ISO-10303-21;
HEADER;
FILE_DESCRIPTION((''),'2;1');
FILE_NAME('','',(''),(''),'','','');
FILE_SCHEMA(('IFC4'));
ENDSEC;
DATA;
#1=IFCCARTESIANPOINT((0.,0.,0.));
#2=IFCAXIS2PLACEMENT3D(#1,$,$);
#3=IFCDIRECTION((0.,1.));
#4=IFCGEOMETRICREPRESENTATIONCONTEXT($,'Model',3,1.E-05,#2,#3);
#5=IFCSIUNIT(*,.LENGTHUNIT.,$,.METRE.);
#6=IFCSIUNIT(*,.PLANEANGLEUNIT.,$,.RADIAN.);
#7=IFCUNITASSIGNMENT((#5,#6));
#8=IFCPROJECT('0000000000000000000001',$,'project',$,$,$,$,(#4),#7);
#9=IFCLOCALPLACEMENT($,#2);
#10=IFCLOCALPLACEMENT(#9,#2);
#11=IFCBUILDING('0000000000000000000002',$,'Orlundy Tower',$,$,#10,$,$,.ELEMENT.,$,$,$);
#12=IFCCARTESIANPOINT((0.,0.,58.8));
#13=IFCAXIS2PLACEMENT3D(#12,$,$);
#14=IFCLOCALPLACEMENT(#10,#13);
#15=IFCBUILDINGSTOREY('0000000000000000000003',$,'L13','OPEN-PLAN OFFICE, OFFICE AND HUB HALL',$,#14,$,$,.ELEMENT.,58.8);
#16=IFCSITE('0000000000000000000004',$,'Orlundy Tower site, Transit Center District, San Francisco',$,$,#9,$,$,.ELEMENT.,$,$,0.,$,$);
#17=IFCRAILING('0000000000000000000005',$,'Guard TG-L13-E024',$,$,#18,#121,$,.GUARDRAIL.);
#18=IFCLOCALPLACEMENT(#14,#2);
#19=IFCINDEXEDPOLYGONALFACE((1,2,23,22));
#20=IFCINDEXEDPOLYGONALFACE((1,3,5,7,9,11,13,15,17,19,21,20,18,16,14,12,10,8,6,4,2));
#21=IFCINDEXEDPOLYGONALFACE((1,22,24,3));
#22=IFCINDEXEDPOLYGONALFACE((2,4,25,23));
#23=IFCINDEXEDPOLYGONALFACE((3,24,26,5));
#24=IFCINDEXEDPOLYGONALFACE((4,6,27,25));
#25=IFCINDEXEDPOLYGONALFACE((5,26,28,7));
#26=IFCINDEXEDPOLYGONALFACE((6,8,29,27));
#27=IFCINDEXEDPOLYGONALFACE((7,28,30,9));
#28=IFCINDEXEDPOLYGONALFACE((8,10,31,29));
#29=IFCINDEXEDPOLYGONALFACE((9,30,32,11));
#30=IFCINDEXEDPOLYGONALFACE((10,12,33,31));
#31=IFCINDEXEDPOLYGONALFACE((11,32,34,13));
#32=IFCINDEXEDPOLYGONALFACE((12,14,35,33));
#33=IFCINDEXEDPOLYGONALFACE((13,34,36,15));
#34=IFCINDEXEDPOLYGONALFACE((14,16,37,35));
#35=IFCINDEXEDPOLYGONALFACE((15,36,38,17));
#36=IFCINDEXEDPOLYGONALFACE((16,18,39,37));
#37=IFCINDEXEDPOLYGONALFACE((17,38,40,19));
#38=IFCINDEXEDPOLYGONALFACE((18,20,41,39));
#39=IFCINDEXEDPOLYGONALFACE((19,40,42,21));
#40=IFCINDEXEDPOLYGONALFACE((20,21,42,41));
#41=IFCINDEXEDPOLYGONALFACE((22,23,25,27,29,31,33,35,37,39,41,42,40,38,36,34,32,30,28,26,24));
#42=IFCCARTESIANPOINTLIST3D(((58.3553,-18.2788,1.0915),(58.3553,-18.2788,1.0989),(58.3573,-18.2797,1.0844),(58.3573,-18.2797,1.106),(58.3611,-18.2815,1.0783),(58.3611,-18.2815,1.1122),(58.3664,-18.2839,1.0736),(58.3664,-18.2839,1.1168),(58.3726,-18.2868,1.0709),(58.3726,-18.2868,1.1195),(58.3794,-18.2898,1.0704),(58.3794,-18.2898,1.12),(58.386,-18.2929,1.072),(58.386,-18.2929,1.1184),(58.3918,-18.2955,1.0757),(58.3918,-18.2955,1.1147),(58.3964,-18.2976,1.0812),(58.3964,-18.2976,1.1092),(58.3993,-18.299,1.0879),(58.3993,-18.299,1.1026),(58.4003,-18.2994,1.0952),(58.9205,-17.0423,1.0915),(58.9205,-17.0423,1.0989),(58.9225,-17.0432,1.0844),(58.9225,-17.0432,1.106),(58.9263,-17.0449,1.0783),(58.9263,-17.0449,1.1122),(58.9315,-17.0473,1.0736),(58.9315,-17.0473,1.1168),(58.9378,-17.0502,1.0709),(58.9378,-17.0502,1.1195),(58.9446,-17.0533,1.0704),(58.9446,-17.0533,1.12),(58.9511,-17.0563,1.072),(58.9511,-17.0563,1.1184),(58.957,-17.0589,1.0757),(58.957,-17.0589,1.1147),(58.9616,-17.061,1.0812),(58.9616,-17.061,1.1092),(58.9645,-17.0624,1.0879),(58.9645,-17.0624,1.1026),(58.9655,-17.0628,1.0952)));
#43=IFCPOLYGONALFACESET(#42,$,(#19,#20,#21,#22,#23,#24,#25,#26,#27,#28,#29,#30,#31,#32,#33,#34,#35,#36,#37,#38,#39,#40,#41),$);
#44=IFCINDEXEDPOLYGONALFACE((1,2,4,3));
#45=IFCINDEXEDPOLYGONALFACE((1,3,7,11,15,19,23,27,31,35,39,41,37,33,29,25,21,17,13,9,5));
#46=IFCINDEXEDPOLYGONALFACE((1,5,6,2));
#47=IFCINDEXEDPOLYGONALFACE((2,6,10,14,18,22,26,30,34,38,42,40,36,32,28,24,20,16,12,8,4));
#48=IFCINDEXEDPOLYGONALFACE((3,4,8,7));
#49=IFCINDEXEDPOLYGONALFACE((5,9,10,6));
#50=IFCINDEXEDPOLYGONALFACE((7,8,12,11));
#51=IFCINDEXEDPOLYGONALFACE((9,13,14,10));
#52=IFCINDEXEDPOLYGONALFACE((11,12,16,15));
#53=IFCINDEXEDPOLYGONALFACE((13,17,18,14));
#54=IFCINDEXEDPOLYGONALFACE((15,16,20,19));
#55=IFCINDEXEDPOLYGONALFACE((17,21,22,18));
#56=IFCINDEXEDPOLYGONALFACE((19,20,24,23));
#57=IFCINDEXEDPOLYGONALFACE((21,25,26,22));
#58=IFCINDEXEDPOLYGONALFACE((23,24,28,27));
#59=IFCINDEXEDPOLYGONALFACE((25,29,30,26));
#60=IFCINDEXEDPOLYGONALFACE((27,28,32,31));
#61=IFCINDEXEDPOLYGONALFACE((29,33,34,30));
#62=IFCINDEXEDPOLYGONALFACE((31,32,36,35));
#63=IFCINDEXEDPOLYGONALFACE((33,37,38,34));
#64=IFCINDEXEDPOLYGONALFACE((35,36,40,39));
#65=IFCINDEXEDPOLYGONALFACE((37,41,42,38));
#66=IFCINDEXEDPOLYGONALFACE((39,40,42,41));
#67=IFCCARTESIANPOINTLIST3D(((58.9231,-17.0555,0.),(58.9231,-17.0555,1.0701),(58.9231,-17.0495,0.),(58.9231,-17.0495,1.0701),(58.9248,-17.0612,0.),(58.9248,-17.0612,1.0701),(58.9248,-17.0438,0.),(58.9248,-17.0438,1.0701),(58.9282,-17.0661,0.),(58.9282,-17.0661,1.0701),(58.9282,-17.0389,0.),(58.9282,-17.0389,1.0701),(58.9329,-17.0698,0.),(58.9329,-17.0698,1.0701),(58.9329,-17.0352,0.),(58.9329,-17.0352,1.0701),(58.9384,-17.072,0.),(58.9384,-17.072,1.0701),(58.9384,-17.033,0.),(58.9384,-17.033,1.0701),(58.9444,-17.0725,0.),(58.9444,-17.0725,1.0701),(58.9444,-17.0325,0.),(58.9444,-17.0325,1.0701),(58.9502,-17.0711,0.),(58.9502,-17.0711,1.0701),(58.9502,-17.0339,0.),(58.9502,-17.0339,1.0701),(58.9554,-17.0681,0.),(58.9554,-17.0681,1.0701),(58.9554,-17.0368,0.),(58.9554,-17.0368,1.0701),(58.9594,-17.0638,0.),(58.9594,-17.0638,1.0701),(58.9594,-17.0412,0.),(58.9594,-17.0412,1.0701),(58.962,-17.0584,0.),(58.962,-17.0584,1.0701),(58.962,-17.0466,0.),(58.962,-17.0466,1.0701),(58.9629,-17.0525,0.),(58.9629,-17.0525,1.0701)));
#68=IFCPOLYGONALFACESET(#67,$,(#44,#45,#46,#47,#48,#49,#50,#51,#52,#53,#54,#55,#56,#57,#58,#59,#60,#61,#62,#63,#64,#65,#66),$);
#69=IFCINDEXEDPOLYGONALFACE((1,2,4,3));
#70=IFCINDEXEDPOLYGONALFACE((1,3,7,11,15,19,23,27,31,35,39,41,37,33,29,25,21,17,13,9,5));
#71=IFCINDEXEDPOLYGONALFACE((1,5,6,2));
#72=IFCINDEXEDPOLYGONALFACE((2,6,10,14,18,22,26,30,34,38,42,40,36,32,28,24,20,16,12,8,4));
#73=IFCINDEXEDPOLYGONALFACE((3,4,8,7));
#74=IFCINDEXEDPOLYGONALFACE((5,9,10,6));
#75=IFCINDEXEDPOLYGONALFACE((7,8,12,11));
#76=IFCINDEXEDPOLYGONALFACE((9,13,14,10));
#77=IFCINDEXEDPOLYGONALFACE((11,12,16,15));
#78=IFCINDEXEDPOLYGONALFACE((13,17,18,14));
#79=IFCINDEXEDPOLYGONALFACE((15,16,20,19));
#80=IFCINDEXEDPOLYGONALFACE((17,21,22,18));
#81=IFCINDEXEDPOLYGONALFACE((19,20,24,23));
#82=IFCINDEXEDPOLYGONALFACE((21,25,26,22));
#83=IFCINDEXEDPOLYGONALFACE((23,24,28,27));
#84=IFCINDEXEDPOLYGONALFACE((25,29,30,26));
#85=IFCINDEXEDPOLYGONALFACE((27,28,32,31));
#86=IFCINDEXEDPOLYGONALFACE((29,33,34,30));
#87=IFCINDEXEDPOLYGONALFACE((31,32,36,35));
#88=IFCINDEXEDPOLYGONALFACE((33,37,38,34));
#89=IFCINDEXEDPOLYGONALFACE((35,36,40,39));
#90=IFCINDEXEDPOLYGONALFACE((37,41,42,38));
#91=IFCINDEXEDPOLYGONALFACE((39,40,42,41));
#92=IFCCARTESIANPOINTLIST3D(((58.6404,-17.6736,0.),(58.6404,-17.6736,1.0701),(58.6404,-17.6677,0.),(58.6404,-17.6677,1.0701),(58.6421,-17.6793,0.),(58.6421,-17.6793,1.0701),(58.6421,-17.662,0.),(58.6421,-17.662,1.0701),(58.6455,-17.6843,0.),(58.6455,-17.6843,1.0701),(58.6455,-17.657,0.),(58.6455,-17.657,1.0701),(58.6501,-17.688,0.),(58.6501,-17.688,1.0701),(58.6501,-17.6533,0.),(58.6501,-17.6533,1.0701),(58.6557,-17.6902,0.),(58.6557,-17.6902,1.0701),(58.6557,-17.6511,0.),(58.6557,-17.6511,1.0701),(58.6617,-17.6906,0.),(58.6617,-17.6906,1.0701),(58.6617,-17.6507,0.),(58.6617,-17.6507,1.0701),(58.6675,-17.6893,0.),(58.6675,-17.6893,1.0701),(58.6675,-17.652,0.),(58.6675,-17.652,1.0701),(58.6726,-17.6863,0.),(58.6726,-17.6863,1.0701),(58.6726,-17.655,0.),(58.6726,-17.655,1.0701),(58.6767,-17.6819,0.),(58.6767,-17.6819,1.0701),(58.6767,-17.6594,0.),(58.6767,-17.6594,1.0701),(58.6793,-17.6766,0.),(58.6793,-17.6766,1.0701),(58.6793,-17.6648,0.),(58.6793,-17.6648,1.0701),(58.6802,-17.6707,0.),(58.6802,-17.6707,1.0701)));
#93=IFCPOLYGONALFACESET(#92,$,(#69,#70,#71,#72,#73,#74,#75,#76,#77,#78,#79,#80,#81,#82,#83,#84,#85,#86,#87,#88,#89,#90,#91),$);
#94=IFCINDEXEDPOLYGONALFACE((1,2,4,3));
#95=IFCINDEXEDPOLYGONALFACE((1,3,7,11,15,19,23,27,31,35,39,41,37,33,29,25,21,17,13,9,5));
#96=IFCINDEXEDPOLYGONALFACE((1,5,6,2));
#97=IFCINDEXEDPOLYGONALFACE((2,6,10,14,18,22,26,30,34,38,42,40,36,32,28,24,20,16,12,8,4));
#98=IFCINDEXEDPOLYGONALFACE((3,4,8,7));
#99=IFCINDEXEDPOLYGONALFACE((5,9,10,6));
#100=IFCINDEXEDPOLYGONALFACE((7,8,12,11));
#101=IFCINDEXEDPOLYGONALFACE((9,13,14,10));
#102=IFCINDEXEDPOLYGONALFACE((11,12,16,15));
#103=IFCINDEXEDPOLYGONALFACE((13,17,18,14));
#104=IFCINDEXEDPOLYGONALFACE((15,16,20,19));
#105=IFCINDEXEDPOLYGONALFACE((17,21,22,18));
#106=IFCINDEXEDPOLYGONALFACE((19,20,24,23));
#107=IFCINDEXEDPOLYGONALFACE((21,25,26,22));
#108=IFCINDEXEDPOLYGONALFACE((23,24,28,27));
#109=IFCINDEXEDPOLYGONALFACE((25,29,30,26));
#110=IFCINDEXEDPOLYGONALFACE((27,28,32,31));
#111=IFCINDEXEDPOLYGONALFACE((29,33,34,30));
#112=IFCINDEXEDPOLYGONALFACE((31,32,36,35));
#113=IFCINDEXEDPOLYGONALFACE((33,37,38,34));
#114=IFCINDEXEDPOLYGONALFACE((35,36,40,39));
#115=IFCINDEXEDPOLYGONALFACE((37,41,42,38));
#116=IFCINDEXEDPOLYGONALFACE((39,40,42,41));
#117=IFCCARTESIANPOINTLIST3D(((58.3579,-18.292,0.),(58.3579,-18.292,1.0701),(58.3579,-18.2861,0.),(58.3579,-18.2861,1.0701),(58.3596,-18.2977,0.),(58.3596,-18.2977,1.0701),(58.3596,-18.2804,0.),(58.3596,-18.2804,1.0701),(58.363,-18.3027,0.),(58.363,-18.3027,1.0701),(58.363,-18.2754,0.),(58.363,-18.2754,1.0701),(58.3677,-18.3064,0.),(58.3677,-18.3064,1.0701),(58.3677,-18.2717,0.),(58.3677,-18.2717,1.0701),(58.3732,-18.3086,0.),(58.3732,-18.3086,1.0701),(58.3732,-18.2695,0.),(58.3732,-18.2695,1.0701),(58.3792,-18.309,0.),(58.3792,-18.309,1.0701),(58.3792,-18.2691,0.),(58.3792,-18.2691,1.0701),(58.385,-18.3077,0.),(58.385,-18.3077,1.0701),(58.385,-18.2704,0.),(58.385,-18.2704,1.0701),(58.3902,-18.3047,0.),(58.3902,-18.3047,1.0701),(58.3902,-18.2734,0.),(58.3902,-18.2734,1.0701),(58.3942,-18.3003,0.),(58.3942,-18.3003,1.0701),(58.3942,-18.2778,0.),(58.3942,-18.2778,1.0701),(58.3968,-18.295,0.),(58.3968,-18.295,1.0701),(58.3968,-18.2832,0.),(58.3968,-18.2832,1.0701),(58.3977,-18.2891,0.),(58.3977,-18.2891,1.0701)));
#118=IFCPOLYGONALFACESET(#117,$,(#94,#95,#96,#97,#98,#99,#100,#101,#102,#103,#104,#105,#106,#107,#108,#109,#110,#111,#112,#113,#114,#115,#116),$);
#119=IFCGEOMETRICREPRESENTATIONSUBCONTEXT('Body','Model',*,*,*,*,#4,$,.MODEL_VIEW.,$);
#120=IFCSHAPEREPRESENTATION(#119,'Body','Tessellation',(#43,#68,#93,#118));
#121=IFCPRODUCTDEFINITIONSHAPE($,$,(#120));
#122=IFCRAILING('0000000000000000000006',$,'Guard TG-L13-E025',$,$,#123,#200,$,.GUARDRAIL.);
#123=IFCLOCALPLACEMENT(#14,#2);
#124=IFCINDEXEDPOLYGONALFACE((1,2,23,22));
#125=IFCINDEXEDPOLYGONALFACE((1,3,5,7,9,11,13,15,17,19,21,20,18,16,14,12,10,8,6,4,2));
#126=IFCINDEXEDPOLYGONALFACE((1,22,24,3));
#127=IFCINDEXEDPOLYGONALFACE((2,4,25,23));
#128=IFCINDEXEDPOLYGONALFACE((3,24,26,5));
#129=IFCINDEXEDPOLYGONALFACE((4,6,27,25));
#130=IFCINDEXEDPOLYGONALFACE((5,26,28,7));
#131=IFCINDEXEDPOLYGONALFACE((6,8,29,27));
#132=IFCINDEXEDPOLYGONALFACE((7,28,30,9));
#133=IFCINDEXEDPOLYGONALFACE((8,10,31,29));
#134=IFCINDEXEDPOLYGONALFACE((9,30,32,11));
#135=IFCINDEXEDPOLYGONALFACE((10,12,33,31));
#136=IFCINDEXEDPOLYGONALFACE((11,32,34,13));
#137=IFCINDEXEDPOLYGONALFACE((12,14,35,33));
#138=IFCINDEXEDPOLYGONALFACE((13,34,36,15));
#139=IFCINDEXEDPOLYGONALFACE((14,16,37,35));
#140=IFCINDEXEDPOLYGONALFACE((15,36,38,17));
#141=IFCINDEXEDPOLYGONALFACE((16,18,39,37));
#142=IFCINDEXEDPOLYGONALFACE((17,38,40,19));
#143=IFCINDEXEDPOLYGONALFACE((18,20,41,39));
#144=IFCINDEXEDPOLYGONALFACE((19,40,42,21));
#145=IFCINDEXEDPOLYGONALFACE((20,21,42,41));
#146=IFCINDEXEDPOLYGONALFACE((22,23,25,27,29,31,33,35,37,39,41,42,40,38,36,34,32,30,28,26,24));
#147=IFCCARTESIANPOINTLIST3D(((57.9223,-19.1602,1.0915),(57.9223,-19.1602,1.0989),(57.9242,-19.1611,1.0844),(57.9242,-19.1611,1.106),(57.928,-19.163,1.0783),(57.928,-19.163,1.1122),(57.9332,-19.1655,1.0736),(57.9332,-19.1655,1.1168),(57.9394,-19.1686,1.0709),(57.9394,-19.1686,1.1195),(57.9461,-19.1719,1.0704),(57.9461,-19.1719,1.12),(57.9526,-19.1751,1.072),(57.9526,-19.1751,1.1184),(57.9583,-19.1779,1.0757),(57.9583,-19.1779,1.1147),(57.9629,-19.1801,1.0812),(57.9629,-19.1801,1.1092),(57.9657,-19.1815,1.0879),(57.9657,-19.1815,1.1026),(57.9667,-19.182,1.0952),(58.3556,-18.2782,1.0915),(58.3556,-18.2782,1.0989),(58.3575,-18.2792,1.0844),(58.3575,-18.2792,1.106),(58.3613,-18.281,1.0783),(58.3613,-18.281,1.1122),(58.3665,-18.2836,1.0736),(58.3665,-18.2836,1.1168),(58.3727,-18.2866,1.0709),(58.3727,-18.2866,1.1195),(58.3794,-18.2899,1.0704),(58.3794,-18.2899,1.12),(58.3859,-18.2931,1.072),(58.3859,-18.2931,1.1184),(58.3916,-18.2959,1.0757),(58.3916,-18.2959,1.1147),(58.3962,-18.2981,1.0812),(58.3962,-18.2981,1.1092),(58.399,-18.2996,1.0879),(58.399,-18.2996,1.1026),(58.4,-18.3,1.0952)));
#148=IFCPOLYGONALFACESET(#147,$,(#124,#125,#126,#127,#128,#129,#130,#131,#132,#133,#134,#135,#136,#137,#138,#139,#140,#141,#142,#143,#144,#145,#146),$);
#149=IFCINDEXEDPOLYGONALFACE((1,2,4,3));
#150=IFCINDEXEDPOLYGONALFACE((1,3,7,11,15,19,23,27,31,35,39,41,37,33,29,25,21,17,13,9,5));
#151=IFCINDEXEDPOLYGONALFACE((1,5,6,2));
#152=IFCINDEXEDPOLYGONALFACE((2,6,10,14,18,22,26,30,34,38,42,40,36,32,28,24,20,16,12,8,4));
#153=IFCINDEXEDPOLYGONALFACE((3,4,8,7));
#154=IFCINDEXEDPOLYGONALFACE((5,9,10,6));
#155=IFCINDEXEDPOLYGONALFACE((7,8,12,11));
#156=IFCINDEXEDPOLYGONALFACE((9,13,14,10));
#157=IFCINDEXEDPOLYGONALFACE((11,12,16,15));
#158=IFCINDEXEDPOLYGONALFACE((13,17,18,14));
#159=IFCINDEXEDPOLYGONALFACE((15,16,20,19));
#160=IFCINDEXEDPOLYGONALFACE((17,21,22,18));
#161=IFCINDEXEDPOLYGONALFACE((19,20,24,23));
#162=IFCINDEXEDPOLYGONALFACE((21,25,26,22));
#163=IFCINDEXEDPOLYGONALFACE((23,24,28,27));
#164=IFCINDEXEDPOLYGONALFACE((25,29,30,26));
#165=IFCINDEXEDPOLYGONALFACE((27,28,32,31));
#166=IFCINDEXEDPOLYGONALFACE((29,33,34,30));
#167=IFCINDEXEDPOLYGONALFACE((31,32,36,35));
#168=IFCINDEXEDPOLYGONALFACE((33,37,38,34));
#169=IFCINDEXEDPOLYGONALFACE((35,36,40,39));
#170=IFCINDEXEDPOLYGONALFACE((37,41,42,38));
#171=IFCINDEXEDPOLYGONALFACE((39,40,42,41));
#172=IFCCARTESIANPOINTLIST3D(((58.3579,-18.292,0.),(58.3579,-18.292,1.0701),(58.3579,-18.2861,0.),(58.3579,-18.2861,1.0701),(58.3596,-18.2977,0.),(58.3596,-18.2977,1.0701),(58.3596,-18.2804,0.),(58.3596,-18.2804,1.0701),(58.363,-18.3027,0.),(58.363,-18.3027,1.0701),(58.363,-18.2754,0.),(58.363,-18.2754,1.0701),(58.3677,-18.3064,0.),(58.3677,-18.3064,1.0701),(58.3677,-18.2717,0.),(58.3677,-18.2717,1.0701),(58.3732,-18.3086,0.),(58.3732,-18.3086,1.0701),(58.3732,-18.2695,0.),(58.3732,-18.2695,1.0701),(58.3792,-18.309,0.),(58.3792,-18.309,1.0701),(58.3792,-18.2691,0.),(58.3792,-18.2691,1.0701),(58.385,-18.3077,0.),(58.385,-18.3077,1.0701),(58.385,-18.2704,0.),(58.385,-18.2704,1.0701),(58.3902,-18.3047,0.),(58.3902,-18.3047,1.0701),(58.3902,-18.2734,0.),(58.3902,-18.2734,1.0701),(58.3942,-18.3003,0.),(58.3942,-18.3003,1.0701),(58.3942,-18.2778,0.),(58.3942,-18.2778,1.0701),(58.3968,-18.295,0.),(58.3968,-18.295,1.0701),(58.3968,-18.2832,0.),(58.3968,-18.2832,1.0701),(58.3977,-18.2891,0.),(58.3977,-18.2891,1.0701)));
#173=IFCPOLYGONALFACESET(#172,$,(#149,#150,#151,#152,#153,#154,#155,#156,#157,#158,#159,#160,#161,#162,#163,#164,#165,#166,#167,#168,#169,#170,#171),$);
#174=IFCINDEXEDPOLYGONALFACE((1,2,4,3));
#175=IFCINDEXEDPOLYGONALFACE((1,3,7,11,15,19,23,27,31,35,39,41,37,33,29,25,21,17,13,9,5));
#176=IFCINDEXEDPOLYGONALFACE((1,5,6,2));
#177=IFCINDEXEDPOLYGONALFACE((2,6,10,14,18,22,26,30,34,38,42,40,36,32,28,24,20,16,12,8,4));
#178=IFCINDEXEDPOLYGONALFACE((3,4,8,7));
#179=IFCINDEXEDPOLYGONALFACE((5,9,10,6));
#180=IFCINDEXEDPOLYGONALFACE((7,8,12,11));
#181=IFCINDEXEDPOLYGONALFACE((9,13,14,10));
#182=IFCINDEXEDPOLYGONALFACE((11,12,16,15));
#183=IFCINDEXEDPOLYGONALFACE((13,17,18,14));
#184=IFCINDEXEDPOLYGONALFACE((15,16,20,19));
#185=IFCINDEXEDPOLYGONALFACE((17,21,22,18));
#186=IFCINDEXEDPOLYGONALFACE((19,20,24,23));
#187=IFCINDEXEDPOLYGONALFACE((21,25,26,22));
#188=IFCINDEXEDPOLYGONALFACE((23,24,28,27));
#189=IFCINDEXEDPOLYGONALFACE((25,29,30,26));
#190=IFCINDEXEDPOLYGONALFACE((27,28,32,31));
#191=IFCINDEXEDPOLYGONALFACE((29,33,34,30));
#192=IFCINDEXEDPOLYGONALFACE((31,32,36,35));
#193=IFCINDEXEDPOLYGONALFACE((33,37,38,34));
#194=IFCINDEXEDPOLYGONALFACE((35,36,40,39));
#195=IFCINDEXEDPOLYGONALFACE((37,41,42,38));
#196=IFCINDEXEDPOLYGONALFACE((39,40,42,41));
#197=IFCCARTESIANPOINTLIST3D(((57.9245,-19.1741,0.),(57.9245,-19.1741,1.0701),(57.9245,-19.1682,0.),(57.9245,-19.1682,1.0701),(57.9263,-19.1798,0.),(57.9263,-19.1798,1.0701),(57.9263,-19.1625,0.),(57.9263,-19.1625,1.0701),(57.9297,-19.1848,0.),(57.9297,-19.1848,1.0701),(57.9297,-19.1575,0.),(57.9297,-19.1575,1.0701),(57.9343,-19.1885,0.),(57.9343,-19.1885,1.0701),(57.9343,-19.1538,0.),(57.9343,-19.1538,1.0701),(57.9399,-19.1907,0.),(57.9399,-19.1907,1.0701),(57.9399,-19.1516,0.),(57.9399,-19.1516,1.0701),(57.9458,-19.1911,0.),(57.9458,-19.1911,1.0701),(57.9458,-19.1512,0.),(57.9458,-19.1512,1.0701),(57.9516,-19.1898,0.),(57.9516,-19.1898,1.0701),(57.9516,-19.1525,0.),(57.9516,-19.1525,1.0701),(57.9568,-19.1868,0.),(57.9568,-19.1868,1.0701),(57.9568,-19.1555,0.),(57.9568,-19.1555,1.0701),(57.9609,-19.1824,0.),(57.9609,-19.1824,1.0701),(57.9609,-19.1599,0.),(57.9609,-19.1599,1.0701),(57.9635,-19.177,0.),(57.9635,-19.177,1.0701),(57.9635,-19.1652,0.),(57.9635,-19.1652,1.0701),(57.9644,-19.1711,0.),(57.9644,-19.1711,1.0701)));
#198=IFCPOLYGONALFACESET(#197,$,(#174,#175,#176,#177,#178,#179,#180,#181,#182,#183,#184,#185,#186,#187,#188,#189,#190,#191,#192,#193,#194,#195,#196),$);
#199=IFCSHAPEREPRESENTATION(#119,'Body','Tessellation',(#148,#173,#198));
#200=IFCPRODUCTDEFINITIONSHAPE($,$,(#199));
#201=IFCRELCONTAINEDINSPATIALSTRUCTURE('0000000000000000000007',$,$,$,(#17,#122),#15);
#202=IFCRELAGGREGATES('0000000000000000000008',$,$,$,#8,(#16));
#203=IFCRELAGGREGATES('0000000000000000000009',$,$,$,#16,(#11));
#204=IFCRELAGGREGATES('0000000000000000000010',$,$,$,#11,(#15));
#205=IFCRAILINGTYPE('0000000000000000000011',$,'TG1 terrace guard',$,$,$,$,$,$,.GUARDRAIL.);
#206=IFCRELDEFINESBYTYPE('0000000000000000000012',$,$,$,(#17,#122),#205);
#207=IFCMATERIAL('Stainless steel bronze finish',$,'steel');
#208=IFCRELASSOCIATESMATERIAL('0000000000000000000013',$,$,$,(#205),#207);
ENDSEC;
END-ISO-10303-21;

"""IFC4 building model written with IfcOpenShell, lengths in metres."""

from ifc_helpers import new_model, si_unit, direction, frame, origin, origin_2d, place, context, subcontext, project, spatial, circle, extrude, material, type_object, element, save


model = new_model("IFC4")

# Units and contexts
model_context = context("Model", 3, precision=1e-05, world=origin(), true_north=direction((0.0, 1.0)))
body_context = subcontext(model_context, "Body", "Model", "MODEL_VIEW")
ifc_project = project(units=[si_unit("LENGTHUNIT", "METRE"), si_unit("PLANEANGLEUNIT", "RADIAN")], contexts=[model_context])

# Site, building, storey
site_placement = place(None, origin())
site = spatial("IfcSite", under=ifc_project, at=site_placement, Name="Orlundy Tower site, Transit Center District, San Francisco", CompositionType="ELEMENT", RefElevation=0.0)
building_placement = place(site_placement, origin())
building = spatial("IfcBuilding", under=site, at=building_placement, Name="Orlundy Tower", CompositionType="ELEMENT")
storey_placement = place(building_placement, frame((0.0, 0.0, 58.8)))
storey = spatial("IfcBuildingStorey", under=building, at=storey_placement, Name="L13", Description="OPEN-PLAN OFFICE, OFFICE AND HUB HALL", CompositionType="ELEMENT", Elevation=58.8)

# Railings
ifc_material_1 = material(Name="Stainless steel bronze finish", Category="steel")
railing_type = type_object("IfcRailingType", Name="TG1 terrace guard", PredefinedType="GUARDRAIL", material=ifc_material_1)
railing_1_placement = place(storey_placement, frame((58.9429, -17.0525, 0.0)))
element("IfcRailing", 1, at=railing_1_placement, inside=storey, type_object=railing_type, Name="Guard TG-L13-E024", PredefinedType="GUARDRAIL", context=body_context, shape_type="SweptSolid", body=[
    extrude(circle(Radius=0.0249, at=origin_2d()), frame((0.0, 0.0, 1.0952), z_axis=(-0.415696, -0.909504, 0.0), x_axis=(0.909504, -0.415696, 0.0)), (0.0, 0.0, 1.0), 1.3596),
    extrude(circle(Radius=0.02, at=origin_2d()), origin(), (0.0, 0.0, 1.0), 1.0701),
    extrude(circle(Radius=0.02, at=origin_2d()), frame((-0.2827, -0.6182, 0.0)), (0.0, 0.0, 1.0), 1.0701),
    extrude(circle(Radius=0.02, at=origin_2d()), frame((-0.5652, -1.2366, 0.0)), (0.0, 0.0, 1.0), 1.0701),
])
railing_2_placement = place(storey_placement, frame((58.3777, -18.2891, 0.0)))
element("IfcRailing", 2, at=railing_2_placement, inside=storey, type_object=railing_type, Name="Guard TG-L13-E025", PredefinedType="GUARDRAIL", context=body_context, shape_type="SweptSolid", body=[
    extrude(circle(Radius=0.0249, at=origin_2d()), frame((0.0, 0.0, 1.0952), z_axis=(-0.440943, -0.897535, 0.0), x_axis=(0.897535, -0.440943, 0.0)), (0.0, 0.0, 1.0), 0.9827),
    extrude(circle(Radius=0.02, at=origin_2d()), origin(), (0.0, 0.0, 1.0), 1.0701),
    extrude(circle(Radius=0.02, at=origin_2d()), frame((-0.4333, -0.8821, 0.0)), (0.0, 0.0, 1.0), 1.0701),
])

save(model, "model.ifc")
